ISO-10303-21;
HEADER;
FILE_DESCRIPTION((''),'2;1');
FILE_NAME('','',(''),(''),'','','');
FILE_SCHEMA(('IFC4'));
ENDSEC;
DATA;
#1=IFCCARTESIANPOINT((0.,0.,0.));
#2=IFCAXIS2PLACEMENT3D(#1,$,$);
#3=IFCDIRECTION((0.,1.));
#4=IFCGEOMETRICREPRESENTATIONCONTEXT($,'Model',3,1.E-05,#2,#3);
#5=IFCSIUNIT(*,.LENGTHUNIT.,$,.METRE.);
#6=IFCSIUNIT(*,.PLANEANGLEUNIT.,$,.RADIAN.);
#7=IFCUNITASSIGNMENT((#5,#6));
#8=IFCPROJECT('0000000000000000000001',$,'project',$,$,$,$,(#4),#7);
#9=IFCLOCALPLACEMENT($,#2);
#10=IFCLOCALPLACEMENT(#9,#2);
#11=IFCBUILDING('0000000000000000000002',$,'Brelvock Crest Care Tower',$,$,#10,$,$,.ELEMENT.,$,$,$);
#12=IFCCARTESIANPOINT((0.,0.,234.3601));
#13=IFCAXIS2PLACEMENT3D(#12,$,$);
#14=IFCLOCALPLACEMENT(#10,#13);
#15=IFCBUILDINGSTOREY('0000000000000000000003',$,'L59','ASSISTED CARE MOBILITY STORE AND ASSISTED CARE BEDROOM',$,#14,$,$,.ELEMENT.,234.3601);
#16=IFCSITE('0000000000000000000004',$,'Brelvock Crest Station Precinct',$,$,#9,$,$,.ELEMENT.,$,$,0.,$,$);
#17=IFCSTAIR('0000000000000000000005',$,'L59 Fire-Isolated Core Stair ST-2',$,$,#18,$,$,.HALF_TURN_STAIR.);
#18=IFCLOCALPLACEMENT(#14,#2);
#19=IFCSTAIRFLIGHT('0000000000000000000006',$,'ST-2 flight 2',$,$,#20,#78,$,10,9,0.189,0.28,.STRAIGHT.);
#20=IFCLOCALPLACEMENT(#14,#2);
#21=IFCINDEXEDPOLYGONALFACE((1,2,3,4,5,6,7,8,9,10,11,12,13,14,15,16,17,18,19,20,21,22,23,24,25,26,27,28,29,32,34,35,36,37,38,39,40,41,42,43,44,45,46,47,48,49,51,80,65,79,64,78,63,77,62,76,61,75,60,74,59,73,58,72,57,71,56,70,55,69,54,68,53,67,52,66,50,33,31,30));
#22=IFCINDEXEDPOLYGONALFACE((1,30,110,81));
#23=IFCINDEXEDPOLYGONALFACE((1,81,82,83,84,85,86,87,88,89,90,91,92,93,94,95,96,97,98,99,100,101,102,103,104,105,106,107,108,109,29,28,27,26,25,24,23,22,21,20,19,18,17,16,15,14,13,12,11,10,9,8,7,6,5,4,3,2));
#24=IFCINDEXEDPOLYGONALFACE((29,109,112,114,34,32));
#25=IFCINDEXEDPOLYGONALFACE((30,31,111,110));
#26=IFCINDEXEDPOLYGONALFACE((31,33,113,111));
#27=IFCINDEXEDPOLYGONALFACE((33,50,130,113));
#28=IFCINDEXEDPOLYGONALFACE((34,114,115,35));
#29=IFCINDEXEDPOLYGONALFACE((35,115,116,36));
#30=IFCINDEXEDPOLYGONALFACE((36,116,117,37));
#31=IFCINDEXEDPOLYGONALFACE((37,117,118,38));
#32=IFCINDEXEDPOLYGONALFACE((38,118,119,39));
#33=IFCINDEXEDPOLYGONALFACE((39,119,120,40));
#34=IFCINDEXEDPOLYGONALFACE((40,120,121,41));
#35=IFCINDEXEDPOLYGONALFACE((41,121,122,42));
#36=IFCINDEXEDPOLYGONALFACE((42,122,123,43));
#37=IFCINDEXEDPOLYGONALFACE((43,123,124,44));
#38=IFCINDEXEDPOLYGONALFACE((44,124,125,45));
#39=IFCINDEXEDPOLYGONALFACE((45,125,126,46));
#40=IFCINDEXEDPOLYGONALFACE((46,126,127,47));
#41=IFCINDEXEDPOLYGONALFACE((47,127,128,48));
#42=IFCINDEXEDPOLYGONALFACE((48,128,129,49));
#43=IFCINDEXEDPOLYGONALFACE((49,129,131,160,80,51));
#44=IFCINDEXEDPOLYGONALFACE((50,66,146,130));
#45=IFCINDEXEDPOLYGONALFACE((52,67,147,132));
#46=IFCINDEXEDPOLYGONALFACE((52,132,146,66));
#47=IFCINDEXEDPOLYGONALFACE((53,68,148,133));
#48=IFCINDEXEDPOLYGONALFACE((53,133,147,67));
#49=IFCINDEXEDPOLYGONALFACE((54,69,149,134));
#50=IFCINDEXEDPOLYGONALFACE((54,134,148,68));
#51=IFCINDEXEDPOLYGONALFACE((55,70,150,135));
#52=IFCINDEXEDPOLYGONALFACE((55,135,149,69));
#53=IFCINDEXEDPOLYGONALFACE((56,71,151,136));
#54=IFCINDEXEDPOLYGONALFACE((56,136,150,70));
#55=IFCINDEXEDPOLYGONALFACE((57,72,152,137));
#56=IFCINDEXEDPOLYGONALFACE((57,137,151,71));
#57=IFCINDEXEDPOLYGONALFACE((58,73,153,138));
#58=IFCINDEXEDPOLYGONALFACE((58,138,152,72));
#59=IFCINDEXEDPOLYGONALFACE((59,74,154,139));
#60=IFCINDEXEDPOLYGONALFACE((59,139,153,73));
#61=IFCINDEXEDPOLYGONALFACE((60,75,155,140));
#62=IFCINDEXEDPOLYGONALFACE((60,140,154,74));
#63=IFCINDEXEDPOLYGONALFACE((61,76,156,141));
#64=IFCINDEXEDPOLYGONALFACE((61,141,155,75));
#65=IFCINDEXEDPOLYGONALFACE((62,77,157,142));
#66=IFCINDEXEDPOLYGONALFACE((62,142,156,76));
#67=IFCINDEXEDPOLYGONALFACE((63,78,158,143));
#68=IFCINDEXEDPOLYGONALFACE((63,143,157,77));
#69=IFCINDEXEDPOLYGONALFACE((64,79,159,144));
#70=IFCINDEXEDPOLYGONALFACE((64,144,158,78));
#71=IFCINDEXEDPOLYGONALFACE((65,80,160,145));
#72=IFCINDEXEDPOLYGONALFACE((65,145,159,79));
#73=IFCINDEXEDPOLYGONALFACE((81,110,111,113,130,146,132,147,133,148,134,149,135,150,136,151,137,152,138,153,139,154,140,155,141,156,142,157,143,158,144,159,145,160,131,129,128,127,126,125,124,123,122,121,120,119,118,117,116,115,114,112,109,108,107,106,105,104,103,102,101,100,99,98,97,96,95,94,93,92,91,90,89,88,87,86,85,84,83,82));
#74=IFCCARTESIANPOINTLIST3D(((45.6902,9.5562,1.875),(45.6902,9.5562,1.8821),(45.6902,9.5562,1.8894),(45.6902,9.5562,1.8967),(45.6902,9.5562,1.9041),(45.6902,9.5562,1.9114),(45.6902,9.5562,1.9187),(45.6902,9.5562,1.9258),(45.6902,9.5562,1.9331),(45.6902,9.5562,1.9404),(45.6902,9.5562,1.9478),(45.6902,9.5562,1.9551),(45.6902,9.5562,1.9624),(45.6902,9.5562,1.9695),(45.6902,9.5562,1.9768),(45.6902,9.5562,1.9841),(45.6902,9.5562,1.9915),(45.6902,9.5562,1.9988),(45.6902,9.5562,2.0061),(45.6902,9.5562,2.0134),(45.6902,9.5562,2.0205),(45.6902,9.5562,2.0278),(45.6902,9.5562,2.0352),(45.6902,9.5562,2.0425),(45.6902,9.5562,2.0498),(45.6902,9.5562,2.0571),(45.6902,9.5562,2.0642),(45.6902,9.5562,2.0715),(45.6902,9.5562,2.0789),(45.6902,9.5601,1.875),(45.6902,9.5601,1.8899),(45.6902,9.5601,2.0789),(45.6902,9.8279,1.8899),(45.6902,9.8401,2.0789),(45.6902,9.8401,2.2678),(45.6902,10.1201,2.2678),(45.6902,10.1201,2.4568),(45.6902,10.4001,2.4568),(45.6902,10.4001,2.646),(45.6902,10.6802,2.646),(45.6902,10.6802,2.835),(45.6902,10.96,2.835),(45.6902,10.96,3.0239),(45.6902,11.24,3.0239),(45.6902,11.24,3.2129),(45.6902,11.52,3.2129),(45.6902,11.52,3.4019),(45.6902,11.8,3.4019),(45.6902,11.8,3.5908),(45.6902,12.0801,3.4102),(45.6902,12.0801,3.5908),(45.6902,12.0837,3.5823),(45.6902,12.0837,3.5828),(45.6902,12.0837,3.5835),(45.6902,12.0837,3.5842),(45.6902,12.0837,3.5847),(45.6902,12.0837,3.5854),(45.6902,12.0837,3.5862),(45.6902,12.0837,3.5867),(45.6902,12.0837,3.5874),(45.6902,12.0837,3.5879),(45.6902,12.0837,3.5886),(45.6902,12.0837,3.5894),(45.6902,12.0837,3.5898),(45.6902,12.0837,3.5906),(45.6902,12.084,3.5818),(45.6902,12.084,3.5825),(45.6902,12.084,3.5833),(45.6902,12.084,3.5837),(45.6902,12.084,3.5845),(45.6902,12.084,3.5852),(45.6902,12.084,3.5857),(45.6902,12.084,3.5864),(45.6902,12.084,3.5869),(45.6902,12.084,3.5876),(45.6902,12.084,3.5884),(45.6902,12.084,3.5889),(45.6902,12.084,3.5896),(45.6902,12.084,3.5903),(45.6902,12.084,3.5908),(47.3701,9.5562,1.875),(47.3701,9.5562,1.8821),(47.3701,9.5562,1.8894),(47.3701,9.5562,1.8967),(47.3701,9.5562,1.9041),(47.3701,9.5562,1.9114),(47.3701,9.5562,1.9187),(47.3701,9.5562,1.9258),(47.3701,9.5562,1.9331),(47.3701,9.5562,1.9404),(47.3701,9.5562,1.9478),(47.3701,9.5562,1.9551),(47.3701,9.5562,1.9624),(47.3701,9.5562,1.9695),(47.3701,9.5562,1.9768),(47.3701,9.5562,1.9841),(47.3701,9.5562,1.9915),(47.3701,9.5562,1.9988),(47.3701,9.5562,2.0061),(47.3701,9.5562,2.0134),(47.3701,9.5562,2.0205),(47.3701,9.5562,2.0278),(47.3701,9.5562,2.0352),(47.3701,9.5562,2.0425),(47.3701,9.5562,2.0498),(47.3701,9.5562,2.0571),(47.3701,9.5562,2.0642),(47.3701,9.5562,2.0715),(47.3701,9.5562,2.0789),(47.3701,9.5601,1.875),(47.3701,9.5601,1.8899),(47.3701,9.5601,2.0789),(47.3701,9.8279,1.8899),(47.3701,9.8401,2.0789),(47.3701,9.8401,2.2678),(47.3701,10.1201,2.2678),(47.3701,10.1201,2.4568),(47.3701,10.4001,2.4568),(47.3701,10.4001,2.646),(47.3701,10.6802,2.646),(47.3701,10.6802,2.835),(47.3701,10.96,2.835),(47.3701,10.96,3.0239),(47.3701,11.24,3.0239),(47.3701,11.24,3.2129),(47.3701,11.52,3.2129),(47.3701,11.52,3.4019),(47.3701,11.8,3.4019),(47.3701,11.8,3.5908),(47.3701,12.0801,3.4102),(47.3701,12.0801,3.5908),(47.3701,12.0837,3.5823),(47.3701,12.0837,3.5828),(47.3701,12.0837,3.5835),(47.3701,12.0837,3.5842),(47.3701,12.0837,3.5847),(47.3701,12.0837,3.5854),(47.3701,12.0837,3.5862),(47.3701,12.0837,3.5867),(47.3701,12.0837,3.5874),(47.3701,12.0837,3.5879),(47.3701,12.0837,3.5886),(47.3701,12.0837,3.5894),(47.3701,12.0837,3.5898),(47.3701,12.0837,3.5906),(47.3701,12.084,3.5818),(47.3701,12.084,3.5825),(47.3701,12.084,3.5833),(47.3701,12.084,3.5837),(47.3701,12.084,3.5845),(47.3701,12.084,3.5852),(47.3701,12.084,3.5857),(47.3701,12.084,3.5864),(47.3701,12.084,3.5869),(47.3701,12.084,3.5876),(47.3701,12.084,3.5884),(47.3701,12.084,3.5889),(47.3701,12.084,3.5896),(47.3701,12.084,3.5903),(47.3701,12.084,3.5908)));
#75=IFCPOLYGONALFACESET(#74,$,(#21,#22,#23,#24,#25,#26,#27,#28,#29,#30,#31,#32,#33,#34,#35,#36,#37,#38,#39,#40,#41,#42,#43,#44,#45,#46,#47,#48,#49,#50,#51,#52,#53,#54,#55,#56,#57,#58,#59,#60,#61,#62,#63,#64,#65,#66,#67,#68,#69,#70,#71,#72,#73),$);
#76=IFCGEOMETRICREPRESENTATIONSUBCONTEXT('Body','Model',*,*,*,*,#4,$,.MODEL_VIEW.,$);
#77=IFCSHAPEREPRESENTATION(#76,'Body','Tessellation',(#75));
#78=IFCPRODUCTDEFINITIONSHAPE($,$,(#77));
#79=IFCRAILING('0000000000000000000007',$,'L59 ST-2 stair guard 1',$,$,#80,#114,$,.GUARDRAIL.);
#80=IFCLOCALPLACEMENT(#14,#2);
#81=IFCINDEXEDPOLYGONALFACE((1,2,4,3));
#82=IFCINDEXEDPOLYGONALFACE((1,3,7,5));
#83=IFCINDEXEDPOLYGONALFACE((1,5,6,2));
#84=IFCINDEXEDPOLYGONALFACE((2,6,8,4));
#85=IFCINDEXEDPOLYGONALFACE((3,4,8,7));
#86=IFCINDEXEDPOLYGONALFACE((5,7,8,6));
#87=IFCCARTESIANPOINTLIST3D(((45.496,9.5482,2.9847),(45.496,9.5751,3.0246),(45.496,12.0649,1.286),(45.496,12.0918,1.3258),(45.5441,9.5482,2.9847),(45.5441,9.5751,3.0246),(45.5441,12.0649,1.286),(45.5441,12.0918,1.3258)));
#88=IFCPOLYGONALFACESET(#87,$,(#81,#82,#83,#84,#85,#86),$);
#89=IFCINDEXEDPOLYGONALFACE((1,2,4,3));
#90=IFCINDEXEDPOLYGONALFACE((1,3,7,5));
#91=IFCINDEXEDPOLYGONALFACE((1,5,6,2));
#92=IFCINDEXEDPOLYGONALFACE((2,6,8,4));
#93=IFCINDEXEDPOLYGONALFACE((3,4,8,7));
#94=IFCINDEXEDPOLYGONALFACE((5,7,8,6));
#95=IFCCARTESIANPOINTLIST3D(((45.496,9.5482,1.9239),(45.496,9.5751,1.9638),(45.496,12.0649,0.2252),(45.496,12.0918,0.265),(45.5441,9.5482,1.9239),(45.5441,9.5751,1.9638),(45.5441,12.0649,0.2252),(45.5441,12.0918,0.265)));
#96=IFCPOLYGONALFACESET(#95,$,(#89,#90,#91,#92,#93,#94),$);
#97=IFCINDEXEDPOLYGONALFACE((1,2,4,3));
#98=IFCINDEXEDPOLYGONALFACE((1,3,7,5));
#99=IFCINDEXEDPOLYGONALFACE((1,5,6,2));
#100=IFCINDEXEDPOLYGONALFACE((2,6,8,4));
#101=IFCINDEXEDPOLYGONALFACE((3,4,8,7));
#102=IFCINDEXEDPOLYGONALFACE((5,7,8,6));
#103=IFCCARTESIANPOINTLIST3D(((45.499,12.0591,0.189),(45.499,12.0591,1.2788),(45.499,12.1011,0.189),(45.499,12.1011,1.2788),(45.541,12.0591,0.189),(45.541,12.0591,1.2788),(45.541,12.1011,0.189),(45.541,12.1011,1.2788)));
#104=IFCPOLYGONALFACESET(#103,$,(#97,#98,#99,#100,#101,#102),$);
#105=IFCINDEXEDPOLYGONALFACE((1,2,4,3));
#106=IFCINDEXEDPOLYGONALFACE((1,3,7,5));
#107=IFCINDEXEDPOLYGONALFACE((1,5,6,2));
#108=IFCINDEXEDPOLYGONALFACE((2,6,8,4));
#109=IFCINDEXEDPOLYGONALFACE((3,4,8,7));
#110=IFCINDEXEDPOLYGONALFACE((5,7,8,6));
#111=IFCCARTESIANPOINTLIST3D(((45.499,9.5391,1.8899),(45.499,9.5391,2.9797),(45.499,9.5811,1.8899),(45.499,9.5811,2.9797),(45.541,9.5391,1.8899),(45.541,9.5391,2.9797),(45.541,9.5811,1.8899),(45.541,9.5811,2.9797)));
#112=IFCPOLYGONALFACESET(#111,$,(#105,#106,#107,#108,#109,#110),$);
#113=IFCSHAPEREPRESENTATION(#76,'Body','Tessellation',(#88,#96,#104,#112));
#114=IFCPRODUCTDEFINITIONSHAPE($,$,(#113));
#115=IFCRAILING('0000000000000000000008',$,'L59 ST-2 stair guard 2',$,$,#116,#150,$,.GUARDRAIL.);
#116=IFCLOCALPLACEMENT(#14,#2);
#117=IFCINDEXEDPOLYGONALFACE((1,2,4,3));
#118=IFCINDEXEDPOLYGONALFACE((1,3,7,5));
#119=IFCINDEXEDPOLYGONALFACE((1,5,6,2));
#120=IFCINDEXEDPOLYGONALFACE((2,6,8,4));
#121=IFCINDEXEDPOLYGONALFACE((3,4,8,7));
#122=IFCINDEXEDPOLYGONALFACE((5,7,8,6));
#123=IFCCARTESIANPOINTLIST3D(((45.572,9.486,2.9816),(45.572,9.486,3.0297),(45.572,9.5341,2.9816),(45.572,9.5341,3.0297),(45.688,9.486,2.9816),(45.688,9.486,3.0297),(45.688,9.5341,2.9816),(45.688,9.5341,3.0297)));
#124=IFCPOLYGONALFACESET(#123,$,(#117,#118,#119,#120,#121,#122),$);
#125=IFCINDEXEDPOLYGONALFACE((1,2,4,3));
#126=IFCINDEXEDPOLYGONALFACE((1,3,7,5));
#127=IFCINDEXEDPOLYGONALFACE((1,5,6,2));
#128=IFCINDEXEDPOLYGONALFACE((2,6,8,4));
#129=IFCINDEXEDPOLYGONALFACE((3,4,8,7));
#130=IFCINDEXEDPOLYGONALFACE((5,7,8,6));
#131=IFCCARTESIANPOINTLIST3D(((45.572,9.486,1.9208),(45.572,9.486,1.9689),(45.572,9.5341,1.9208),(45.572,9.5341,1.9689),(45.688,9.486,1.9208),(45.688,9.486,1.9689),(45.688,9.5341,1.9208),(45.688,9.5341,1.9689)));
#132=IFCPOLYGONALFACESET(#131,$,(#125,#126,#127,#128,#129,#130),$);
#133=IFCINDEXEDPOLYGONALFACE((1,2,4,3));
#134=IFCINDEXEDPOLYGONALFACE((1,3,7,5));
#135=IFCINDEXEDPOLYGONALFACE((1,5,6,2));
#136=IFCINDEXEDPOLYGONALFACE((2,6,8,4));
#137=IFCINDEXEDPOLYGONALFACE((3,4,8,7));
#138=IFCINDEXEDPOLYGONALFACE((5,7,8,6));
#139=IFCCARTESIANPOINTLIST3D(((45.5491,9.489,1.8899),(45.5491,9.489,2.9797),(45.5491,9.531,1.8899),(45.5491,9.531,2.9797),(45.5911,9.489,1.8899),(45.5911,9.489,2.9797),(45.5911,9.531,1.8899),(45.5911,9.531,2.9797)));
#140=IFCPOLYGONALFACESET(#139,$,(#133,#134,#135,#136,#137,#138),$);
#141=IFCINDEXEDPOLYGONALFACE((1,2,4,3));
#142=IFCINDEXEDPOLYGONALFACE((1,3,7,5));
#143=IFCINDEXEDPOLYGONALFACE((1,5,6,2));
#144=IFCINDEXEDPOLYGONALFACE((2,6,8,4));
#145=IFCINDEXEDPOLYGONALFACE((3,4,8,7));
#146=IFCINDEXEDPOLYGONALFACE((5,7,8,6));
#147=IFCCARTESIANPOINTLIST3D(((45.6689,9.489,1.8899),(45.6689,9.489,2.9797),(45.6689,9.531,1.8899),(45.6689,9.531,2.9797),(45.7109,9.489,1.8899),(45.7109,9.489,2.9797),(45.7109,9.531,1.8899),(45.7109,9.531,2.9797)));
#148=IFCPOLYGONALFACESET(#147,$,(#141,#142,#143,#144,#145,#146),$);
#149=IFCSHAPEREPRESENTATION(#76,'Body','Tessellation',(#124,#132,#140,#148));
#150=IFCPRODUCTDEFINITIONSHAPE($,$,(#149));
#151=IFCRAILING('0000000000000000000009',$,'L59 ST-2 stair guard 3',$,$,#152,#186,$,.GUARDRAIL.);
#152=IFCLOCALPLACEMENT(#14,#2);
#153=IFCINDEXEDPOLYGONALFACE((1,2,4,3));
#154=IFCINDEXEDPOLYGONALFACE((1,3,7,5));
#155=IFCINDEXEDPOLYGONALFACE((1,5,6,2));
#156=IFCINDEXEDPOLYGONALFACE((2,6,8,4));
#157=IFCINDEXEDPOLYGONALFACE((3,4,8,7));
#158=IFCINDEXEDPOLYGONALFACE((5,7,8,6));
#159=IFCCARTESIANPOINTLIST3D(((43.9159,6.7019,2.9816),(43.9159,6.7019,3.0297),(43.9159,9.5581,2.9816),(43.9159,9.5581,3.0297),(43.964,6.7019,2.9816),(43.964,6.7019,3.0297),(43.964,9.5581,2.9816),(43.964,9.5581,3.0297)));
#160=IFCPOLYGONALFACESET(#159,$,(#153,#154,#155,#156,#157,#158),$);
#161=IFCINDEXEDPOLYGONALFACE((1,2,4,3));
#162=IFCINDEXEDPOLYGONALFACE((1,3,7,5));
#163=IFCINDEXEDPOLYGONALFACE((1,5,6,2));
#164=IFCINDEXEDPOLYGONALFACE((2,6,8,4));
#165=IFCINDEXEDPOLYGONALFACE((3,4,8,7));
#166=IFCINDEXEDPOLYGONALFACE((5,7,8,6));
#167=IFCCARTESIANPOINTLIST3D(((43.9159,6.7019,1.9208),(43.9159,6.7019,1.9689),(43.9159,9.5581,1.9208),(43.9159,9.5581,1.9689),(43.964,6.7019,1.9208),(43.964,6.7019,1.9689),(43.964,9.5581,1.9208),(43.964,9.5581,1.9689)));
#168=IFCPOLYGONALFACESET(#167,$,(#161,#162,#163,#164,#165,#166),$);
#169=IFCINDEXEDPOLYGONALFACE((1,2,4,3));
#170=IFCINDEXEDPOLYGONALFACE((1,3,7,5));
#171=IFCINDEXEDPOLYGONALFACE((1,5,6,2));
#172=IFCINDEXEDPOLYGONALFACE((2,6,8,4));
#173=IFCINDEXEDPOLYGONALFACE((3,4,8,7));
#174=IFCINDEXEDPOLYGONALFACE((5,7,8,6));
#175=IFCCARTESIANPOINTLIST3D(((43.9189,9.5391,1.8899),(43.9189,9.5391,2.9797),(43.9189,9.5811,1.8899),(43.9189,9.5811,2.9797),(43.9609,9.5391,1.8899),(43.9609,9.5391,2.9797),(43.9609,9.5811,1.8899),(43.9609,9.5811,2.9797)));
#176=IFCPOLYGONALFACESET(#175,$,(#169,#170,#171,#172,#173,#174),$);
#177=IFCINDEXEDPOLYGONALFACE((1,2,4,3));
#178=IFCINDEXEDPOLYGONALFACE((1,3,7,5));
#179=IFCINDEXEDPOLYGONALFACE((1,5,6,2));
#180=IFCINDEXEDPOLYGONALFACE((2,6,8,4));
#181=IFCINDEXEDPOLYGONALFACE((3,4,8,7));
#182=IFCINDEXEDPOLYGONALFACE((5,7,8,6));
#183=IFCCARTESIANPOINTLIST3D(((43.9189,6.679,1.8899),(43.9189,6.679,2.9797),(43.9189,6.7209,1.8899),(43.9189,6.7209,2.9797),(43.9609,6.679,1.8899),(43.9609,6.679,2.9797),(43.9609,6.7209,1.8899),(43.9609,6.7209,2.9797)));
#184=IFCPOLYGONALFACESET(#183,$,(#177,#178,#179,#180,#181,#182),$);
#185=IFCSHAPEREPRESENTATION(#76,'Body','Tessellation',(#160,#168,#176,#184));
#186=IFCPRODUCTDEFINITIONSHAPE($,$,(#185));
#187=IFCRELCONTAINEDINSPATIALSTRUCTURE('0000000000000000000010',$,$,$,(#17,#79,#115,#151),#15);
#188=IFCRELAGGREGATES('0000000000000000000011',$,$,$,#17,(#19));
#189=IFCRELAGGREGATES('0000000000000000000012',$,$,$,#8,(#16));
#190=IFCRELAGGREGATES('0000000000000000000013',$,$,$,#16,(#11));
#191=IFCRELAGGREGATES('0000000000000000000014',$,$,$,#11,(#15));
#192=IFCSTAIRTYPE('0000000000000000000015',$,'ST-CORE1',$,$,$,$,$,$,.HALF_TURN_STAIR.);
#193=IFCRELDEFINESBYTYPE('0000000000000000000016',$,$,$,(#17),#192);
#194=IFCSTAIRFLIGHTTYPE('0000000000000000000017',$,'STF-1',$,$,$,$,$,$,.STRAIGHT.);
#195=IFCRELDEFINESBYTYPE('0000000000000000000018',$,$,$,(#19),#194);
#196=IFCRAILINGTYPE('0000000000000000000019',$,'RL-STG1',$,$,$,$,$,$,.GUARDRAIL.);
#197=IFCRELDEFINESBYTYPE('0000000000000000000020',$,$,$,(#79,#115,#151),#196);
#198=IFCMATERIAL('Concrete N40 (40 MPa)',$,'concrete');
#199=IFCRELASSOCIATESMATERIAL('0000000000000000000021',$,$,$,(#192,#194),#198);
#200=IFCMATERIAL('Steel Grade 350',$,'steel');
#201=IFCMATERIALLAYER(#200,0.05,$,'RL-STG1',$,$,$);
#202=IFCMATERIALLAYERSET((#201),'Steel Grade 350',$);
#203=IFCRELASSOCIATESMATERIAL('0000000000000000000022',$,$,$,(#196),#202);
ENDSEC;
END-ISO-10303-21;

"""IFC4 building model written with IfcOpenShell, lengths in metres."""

from ifc_helpers import new_model, si_unit, direction, frame, origin, origin_2d, place, context, subcontext, project, spatial, polyline, rectangle, outline, extrude, material, layer, layer_set, type_object, element, aggregate, save


model = new_model("IFC4")

# Units and contexts
model_context = context("Model", 3, precision=1e-05, world=origin(), true_north=direction((0.0, 1.0)))
body_context = subcontext(model_context, "Body", "Model", "MODEL_VIEW")
ifc_project = project(units=[si_unit("LENGTHUNIT", "METRE"), si_unit("PLANEANGLEUNIT", "RADIAN")], contexts=[model_context])

# Site, building, storey
site_placement = place(None, origin())
site = spatial("IfcSite", under=ifc_project, at=site_placement, Name="Brelvock Crest Station Precinct", CompositionType="ELEMENT", RefElevation=0.0)
building_placement = place(site_placement, origin())
building = spatial("IfcBuilding", under=site, at=building_placement, Name="Brelvock Crest Care Tower", CompositionType="ELEMENT")
storey_placement = place(building_placement, frame((0.0, 0.0, 234.3601)))
storey = spatial("IfcBuildingStorey", under=building, at=storey_placement, Name="L59", Description="ASSISTED CARE MOBILITY STORE AND ASSISTED CARE BEDROOM", CompositionType="ELEMENT", Elevation=234.3601)

# Shared definitions
ifc_material_1 = material(Name="Steel Grade 350", Category="steel")

# Stair, stair flight
ifc_material_2 = material(Name="Concrete N40 (40 MPa)", Category="concrete")
stair_type = type_object("IfcStairType", Name="ST-CORE1", PredefinedType="HALF_TURN_STAIR", material=ifc_material_2)
stair_placement = place(storey_placement, origin())
stair = element("IfcStair", 1, at=stair_placement, inside=storey, type_object=stair_type, Name="L59 Fire-Isolated Core Stair ST-2", PredefinedType="HALF_TURN_STAIR")
stair_flight_type = type_object("IfcStairFlightType", Name="STF-1", PredefinedType="STRAIGHT", material=ifc_material_2)
stair_flight_1_placement = place(storey_placement, frame((46.53, 9.5601, 1.8899), z_axis=(0.0, 0.0, 1.0), x_axis=(0.0, 1.0, 0.0)))
stair_flight_1 = element("IfcStairFlight", 2, at=stair_flight_1_placement, type_object=stair_flight_type, Name="ST-2 flight 2", NumberOfRisers=10, NumberOfTreads=9, PredefinedType="STRAIGHT", RiserHeight=0.189, TreadLength=0.28, context=body_context, shape_type="SweptSolid", body=[
    extrude(outline(polyline([(-0.0039, -0.0149), (-0.0039, -0.0078), (-0.0039, -0.0005), (-0.0039, 0.0068), (-0.0039, 0.0142), (-0.0039, 0.0215), (-0.0039, 0.0288), (-0.0039, 0.0359), (-0.0039, 0.0432), (-0.0039, 0.0505), (-0.0039, 0.0579), (-0.0039, 0.0652), (-0.0039, 0.0725), (-0.0039, 0.0796), (-0.0039, 0.0869), (-0.0039, 0.0942), (-0.0039, 0.1016), (-0.0039, 0.1089), (-0.0039, 0.1162), (-0.0039, 0.1235), (-0.0039, 0.1306), (-0.0039, 0.1379), (-0.0039, 0.1453), (-0.0039, 0.1526), (-0.0039, 0.1599), (-0.0039, 0.1672), (-0.0039, 0.1743), (-0.0039, 0.1816), (-0.0039, 0.189), (0.0, 0.189), (0.28, 0.189), (0.28, 0.3779), (0.5601, 0.3779), (0.5601, 0.5669), (0.8401, 0.5669), (0.8401, 0.7561), (1.1201, 0.7561), (1.1201, 0.9451), (1.3999, 0.9451), (1.3999, 1.134), (1.6799, 1.134), (1.6799, 1.323), (1.96, 1.323), (1.96, 1.512), (2.24, 1.512), (2.24, 1.7009), (2.52, 1.7009), (2.5239, 1.7009), (2.5237, 1.7007), (2.5239, 1.7004), (2.5237, 1.7), (2.5239, 1.6997), (2.5237, 1.6995), (2.5239, 1.699), (2.5237, 1.6987), (2.5239, 1.6985), (2.5237, 1.698), (2.5239, 1.6978), (2.5237, 1.6975), (2.5239, 1.697), (2.5237, 1.6968), (2.5239, 1.6965), (2.5237, 1.6963), (2.5239, 1.6958), (2.5237, 1.6956), (2.5239, 1.6953), (2.5237, 1.6948), (2.5239, 1.6946), (2.5237, 1.6943), (2.5239, 1.6938), (2.5237, 1.6936), (2.5239, 1.6934), (2.5237, 1.6929), (2.5239, 1.6926), (2.5237, 1.6924), (2.5239, 1.6919), (2.52, 1.5203), (0.2678, 0.0), (0.0, 0.0), (0.0, -0.0149), (-0.0039, -0.0149)])), frame((0.0, 0.8398, 0.0), z_axis=(0.0, -1.0, 0.0), x_axis=(1.0, 0.0, 0.0)), (0.0, 0.0, 1.0), 1.6799),
])
aggregate(stair, [stair_flight_1])

# Railings
ifc_layer_1 = layer(ifc_material_1, 0.05, Name="RL-STG1")
ifc_layer_set_1 = layer_set([ifc_layer_1], Name="Steel Grade 350")
railing_type_1 = type_object("IfcRailingType", Name="RL-STG1", PredefinedType="GUARDRAIL", material=ifc_layer_set_1)
railing_1_placement = place(storey_placement, frame((45.52, 12.0801, 0.189)))
element("IfcRailing", 3, at=railing_1_placement, inside=storey, type_object=railing_type_1, Name="L59 ST-2 stair guard 1", PredefinedType="GUARDRAIL", context=body_context, shape_type="SweptSolid", body=[
    extrude(rectangle(XDim=0.0481, YDim=0.0481, at=origin_2d()), frame((0.0, -0.0017, 1.1169), z_axis=(0.0, -0.828862, 0.559454), x_axis=(1.0, 0.0, 0.0)), (0.0, 0.0, 1.0), 3.0364),
    extrude(rectangle(XDim=0.0481, YDim=0.0481, at=origin_2d()), frame((0.0, -0.0017, 0.0562), z_axis=(0.0, -0.828862, 0.559454), x_axis=(1.0, 0.0, 0.0)), (0.0, 0.0, 1.0), 3.0364),
    extrude(rectangle(XDim=0.042, YDim=0.042, at=origin_2d()), origin(), (0.0, 0.0, 1.0), 1.0898),
    extrude(rectangle(XDim=0.042, YDim=0.042, at=origin_2d()), frame((0.0, -2.52, 1.7009)), (0.0, 0.0, 1.0), 1.0898),
])
railing_2_placement = place(storey_placement, frame((45.5701, 9.51, 1.8899)))
element("IfcRailing", 4, at=railing_2_placement, inside=storey, type_object=railing_type_1, Name="L59 ST-2 stair guard 2", PredefinedType="GUARDRAIL", context=body_context, shape_type="SweptSolid", body=[
    extrude(rectangle(XDim=0.0481, YDim=0.0481, at=origin_2d()), frame((0.002, 0.0, 1.1157), z_axis=(1.0, 0.0, 0.0), x_axis=(0.0, 1.0, 0.0)), (0.0, 0.0, 1.0), 0.116),
    extrude(rectangle(XDim=0.0481, YDim=0.0481, at=origin_2d()), frame((0.002, 0.0, 0.0549), z_axis=(1.0, 0.0, 0.0), x_axis=(0.0, 1.0, 0.0)), (0.0, 0.0, 1.0), 0.116),
    extrude(rectangle(XDim=0.042, YDim=0.042, at=origin_2d()), origin(), (0.0, 0.0, 1.0), 1.0898),
    extrude(rectangle(XDim=0.042, YDim=0.042, at=origin_2d()), frame((0.1199, 0.0, 0.0)), (0.0, 0.0, 1.0), 1.0898),
])
for number, where, name in (
    (5, (43.9399, 9.5601, 1.8899), "L59 ST-2 stair guard 3"),
):
    element("IfcRailing", number, at=place(storey_placement, frame(where)), inside=storey, type_object=railing_type_1, Name=name, PredefinedType="GUARDRAIL", context=body_context, shape_type="SweptSolid", body=[
        extrude(rectangle(XDim=0.0481, YDim=0.0481, at=origin_2d()), frame((0.0, -0.002, 1.1157), z_axis=(0.0, -1.0, 0.0), x_axis=(1.0, 0.0, 0.0)), (0.0, 0.0, 1.0), 2.8562),
        extrude(rectangle(XDim=0.0481, YDim=0.0481, at=origin_2d()), frame((0.0, -0.002, 0.0549), z_axis=(0.0, -1.0, 0.0), x_axis=(1.0, 0.0, 0.0)), (0.0, 0.0, 1.0), 2.8562),
        extrude(rectangle(XDim=0.042, YDim=0.042, at=origin_2d()), origin(), (0.0, 0.0, 1.0), 1.0898),
        extrude(rectangle(XDim=0.042, YDim=0.042, at=origin_2d()), frame((0.0, -2.8601, 0.0)), (0.0, 0.0, 1.0), 1.0898),
    ])

save(model, "model.ifc")
